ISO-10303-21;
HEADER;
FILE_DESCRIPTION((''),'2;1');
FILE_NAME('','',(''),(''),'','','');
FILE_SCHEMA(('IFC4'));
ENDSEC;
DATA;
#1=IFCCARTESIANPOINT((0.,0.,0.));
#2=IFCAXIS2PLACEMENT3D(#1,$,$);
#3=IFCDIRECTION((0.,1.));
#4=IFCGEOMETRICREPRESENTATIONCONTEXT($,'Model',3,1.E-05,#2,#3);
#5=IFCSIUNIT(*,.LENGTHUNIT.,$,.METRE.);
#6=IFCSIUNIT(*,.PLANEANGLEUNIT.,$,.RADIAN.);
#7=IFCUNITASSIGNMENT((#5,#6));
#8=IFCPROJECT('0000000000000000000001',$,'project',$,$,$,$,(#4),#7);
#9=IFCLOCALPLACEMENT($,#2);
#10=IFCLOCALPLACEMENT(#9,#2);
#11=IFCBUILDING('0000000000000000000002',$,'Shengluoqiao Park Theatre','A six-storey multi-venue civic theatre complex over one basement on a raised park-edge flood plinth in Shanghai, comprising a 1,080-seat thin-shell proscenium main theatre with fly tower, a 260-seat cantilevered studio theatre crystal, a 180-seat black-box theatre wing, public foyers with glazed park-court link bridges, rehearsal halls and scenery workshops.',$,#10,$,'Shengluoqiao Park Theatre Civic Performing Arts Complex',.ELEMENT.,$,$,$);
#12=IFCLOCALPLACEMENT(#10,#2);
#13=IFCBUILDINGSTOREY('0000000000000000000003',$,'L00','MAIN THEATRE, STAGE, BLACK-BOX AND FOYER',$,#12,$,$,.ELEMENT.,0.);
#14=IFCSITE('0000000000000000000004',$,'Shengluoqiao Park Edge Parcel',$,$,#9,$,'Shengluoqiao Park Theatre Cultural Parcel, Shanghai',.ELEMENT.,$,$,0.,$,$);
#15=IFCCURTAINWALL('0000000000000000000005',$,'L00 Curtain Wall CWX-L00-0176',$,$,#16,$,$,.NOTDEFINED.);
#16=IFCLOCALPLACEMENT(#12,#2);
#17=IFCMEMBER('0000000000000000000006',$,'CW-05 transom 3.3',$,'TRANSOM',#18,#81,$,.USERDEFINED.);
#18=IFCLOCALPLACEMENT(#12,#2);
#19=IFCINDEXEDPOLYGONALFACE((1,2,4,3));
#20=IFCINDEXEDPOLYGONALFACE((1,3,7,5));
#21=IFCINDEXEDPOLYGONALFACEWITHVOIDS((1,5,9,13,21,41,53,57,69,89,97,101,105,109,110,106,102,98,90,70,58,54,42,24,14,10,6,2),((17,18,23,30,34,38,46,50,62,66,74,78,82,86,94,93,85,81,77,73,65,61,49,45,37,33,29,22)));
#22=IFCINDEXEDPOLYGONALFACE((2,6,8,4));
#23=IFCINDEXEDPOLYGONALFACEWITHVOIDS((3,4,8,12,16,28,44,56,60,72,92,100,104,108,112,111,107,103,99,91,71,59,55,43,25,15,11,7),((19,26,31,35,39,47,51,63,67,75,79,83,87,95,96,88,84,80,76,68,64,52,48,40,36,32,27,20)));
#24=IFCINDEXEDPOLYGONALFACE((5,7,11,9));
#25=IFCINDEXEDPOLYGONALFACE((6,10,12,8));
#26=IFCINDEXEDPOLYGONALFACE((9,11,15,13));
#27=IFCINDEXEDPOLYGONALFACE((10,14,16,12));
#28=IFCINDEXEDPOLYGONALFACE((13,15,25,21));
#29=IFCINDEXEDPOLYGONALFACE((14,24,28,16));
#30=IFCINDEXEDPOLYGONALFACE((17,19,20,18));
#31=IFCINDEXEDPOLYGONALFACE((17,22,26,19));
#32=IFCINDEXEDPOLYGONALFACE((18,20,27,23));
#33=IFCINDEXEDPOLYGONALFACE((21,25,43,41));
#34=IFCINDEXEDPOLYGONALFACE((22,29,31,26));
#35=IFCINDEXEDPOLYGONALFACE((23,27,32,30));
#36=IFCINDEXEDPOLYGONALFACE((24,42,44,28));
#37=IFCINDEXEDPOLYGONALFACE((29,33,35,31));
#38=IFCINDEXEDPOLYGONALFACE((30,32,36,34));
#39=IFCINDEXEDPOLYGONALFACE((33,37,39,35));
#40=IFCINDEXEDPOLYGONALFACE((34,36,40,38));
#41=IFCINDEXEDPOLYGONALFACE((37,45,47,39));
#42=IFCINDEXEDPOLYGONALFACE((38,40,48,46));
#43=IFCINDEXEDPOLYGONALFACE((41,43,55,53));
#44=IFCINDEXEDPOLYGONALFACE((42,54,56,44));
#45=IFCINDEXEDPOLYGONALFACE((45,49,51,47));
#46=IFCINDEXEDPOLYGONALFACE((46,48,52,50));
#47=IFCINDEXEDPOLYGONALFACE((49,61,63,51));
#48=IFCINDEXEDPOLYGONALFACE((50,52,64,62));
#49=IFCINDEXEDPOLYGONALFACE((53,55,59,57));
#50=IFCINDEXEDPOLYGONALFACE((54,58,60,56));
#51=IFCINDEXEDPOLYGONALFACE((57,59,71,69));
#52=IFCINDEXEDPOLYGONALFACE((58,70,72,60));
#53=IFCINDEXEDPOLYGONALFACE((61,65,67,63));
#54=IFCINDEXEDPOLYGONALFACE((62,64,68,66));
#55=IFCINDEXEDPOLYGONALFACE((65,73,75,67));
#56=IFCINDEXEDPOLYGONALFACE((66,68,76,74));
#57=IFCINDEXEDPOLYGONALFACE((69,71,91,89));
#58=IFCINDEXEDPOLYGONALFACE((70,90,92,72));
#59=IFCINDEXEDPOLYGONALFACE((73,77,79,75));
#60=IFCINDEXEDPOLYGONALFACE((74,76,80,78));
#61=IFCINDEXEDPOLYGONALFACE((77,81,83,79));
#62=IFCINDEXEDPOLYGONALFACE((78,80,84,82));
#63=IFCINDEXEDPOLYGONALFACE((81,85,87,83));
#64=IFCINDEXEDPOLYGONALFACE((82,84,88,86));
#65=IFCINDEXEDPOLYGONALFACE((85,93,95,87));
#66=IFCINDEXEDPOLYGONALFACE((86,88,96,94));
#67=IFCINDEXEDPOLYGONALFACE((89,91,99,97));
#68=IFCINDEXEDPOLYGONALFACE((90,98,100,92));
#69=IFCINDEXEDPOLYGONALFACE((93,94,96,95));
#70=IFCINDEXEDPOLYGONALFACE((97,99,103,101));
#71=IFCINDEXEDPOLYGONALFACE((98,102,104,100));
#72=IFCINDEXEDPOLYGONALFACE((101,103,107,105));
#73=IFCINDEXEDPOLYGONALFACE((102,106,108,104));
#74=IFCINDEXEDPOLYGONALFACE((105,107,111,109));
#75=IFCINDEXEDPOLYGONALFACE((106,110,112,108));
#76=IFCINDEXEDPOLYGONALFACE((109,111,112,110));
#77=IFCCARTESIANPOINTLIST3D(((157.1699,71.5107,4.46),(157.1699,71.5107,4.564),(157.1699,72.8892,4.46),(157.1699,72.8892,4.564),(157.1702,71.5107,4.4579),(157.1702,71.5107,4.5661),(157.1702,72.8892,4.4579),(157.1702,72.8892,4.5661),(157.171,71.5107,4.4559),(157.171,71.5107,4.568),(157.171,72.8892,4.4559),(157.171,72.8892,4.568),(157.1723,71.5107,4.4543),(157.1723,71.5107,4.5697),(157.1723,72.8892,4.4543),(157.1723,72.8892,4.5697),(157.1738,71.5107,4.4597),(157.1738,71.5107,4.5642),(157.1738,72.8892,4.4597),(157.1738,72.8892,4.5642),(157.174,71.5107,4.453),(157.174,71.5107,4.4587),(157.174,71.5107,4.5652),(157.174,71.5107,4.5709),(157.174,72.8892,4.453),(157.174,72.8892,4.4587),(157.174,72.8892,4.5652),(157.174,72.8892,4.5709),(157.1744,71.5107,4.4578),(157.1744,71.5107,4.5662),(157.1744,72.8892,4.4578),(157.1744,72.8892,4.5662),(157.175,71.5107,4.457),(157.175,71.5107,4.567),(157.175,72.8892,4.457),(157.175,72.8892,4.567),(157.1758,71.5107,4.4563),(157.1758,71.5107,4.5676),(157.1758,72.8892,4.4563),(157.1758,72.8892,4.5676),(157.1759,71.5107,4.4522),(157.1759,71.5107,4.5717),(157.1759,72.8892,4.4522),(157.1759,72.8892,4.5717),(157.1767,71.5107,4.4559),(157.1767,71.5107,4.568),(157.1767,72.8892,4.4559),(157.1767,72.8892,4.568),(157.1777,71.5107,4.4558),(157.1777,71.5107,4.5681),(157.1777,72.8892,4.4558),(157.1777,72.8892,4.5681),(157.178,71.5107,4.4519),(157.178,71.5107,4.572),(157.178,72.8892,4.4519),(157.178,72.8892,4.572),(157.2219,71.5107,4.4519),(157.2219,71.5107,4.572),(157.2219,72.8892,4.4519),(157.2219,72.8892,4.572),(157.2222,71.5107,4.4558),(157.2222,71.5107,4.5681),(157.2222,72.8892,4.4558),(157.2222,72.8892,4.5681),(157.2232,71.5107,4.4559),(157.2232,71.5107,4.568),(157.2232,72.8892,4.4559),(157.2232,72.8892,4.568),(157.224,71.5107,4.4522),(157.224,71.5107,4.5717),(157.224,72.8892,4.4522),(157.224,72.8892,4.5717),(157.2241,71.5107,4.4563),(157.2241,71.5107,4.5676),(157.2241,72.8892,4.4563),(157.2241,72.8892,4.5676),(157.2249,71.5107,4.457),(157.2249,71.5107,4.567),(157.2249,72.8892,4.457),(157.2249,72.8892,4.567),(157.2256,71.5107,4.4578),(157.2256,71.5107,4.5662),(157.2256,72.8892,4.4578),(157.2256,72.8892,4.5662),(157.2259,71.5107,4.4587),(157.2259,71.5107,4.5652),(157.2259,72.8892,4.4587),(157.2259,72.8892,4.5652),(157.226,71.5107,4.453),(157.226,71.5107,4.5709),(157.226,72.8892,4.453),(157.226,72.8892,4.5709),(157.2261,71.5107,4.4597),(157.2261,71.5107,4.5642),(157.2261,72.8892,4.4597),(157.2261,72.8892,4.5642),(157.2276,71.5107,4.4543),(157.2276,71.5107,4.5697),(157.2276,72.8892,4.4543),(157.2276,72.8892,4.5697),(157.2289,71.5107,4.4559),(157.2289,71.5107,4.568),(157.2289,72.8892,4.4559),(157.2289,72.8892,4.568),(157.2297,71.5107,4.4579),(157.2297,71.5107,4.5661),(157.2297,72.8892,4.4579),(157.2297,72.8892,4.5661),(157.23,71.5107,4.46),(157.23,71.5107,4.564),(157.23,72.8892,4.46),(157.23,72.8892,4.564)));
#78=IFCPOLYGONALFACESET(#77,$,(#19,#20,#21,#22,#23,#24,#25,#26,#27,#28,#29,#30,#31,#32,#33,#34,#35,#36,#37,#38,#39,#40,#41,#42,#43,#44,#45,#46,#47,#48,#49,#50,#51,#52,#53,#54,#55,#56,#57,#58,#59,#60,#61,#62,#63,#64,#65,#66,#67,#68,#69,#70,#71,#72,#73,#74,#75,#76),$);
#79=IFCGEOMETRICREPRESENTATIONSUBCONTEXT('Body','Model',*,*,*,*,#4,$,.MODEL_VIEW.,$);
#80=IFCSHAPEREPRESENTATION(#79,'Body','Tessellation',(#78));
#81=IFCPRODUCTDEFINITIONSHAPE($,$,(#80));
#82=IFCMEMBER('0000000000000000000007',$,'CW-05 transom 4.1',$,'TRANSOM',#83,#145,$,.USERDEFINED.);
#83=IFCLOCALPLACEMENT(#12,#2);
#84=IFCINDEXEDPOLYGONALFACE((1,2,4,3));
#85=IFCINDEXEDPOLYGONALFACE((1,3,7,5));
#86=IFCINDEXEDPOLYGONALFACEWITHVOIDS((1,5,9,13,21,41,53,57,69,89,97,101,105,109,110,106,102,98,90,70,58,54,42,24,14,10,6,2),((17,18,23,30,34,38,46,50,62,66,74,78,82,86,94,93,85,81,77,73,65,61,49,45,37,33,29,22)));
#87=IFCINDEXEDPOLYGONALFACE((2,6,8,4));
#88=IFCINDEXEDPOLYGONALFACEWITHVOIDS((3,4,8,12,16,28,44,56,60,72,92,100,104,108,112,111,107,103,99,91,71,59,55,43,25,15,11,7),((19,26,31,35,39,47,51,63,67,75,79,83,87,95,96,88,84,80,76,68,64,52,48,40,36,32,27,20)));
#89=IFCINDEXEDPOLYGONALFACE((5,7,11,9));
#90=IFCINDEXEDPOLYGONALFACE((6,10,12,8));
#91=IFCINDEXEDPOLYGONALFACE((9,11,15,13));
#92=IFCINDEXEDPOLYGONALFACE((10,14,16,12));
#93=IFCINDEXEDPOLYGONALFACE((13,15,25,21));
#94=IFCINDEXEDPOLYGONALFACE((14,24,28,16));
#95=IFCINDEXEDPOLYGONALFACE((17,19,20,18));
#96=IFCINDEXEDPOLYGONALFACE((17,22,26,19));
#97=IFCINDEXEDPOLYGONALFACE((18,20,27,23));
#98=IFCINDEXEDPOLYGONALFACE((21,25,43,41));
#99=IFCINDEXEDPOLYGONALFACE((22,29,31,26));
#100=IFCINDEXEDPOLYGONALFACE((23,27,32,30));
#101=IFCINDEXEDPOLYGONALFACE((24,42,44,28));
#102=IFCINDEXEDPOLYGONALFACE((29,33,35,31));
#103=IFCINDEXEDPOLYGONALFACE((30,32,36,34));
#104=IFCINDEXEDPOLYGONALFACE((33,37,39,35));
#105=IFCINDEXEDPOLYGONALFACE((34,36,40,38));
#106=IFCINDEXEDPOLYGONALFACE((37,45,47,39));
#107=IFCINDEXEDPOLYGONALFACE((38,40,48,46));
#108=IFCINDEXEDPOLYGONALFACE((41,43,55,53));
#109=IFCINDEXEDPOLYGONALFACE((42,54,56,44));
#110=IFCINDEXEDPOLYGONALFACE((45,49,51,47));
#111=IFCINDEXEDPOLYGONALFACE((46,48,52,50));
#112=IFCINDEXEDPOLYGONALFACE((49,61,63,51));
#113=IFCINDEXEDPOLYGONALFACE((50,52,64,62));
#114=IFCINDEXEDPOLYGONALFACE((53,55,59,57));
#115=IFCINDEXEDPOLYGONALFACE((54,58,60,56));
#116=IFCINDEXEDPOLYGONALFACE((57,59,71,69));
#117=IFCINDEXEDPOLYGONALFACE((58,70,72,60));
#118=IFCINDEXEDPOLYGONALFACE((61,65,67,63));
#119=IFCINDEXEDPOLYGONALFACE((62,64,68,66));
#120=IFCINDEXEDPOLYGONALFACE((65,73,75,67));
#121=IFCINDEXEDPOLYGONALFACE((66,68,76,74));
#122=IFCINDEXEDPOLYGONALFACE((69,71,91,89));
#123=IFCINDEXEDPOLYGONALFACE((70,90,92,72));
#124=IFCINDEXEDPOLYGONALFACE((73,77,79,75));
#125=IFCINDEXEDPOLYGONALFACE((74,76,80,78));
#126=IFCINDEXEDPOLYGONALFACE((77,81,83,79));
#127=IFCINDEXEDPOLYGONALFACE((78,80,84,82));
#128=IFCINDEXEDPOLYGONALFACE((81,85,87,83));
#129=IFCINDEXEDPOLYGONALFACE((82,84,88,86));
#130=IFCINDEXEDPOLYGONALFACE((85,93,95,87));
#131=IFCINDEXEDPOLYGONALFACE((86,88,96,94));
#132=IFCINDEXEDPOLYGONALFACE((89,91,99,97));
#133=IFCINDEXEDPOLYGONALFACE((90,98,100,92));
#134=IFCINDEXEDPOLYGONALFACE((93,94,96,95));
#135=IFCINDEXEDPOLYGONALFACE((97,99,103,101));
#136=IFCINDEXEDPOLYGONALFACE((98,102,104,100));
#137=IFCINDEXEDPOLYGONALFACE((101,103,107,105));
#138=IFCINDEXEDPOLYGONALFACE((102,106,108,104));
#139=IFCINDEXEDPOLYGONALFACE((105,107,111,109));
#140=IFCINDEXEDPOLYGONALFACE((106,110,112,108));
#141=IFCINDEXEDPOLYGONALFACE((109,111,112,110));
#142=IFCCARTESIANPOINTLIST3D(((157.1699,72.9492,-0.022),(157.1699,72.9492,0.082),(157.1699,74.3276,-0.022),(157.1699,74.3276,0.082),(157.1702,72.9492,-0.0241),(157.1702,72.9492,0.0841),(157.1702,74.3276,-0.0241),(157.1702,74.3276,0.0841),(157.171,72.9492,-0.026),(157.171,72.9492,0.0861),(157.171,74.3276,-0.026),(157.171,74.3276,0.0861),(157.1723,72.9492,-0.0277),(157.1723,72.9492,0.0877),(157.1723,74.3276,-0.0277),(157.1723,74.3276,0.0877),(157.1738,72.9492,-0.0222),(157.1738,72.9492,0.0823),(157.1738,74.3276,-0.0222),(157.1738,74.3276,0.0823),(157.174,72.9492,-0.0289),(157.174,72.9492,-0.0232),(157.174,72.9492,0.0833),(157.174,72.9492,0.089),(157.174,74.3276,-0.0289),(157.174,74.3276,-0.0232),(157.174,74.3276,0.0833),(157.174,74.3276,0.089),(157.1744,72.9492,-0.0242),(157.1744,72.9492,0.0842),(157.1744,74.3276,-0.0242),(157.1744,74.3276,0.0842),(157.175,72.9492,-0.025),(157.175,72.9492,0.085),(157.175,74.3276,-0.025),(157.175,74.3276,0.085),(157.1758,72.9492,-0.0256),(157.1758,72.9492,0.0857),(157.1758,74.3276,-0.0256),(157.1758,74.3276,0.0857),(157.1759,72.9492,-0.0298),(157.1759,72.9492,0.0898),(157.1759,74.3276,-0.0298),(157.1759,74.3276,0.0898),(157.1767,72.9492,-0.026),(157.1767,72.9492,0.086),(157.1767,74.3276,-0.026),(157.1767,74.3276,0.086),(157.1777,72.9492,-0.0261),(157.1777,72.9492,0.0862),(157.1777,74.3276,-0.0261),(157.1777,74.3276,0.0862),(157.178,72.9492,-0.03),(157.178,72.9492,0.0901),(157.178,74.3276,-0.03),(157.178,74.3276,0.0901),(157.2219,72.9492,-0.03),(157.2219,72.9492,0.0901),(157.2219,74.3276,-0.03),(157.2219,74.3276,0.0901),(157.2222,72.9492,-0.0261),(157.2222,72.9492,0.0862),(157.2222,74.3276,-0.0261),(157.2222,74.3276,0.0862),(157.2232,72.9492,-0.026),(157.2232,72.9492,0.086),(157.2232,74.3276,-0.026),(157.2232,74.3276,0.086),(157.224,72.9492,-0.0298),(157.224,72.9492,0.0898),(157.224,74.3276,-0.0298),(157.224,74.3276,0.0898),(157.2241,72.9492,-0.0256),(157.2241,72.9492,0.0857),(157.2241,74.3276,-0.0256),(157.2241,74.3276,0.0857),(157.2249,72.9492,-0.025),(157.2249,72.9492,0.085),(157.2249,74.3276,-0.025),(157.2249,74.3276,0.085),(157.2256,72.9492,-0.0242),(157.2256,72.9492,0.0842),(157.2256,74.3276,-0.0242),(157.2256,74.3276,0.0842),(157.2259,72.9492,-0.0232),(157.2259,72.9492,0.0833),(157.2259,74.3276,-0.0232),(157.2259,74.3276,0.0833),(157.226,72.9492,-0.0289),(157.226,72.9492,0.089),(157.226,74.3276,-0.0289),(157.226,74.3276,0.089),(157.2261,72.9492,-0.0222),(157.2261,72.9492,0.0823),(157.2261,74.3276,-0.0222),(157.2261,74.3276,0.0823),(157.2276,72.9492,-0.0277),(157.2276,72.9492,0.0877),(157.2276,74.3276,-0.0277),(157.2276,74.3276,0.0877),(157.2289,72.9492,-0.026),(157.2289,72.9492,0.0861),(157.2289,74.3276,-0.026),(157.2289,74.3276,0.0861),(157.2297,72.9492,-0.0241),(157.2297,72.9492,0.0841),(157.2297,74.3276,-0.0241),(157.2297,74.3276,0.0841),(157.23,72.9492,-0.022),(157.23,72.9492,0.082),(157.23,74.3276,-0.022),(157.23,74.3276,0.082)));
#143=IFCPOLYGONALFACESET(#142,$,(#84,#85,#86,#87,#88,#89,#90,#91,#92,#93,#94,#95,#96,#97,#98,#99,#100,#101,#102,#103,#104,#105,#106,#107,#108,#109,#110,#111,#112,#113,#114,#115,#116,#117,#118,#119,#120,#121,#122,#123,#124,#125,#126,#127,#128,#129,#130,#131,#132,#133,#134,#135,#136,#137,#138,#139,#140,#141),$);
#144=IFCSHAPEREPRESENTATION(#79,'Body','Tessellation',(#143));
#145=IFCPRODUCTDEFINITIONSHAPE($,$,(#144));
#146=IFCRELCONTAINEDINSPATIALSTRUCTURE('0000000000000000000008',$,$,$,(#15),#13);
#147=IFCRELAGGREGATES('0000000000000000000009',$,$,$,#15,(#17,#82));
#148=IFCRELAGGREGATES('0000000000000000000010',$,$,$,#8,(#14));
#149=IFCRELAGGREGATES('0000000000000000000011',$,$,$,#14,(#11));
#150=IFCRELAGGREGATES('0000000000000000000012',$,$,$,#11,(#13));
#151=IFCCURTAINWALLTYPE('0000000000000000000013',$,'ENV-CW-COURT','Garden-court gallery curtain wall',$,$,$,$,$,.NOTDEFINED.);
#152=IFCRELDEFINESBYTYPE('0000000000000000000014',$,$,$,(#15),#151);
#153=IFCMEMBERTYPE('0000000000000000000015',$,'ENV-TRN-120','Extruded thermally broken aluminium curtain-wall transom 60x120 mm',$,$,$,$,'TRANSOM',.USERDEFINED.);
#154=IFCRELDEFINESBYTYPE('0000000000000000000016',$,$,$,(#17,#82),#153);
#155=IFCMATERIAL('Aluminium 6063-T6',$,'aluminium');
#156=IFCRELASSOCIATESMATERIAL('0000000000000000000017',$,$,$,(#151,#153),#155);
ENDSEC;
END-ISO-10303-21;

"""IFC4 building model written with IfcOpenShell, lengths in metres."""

from ifc_helpers import new_model, si_unit, direction, frame, origin, origin_2d, place, context, subcontext, project, spatial, hollow_rectangle, extrude, material, material_profile, profile_set, type_object, element, aggregate, save


model = new_model("IFC4")

# Units and contexts
model_context = context("Model", 3, precision=1e-05, world=origin(), true_north=direction((0.0, 1.0)))
body_context = subcontext(model_context, "Body", "Model", "MODEL_VIEW")
ifc_project = project(units=[si_unit("LENGTHUNIT", "METRE"), si_unit("PLANEANGLEUNIT", "RADIAN")], contexts=[model_context])

# Site, building, storey
site_placement = place(None, origin())
site = spatial("IfcSite", under=ifc_project, at=site_placement, Name="Shengluoqiao Park Edge Parcel", LongName="Shengluoqiao Park Theatre Cultural Parcel, Shanghai", CompositionType="ELEMENT", RefElevation=0.0)
building_placement = place(site_placement, origin())
building = spatial("IfcBuilding", under=site, at=building_placement, Name="Shengluoqiao Park Theatre", Description="A six-storey multi-venue civic theatre complex over one basement on a raised park-edge flood plinth in Shanghai, comprising a 1,080-seat thin-shell proscenium main theatre with fly tower, a 260-seat cantilevered studio theatre crystal, a 180-seat black-box theatre wing, public foyers with glazed park-court link bridges, rehearsal halls and scenery workshops.", LongName="Shengluoqiao Park Theatre Civic Performing Arts Complex", CompositionType="ELEMENT")
storey_placement = place(building_placement, origin())
storey = spatial("IfcBuildingStorey", under=building, at=storey_placement, Name="L00", Description="MAIN THEATRE, STAGE, BLACK-BOX AND FOYER", CompositionType="ELEMENT", Elevation=0.0)

# Curtain wall, members
ifc_material_1 = material(Name="Aluminium 6063-T6", Category="aluminium")
curtain_wall_type = type_object("IfcCurtainWallType", Name="ENV-CW-COURT", Description="Garden-court gallery curtain wall", PredefinedType="NOTDEFINED", material=ifc_material_1)
curtain_wall_placement = place(storey_placement, origin())
curtain_wall = element("IfcCurtainWall", 1, at=curtain_wall_placement, inside=storey, type_object=curtain_wall_type, Name="L00 Curtain Wall CWX-L00-0176", PredefinedType="NOTDEFINED")
ifc_material_profile_1 = material_profile(ifc_material_1, hollow_rectangle(XDim=0.0601, YDim=0.1201, WallThickness=0.0039, InnerFilletRadius=0.0039, OuterFilletRadius=0.0081, at=origin_2d()), Name="ALU TRANSOM 120x60x4")
ifc_profile_set_1 = profile_set([ifc_material_profile_1], Name="Aluminium 6063-T6")
member_type_1 = type_object("IfcMemberType", Name="ENV-TRN-120", Description="Extruded thermally broken aluminium curtain-wall transom 60x120 mm", ElementType="TRANSOM", PredefinedType="USERDEFINED", material=ifc_profile_set_1)
member_1_placement = place(storey_placement, frame((157.2, 71.5107, 4.512), z_axis=(0.0, 1.0, 0.0), x_axis=(-1.0, 0.0, 0.0)))
member_1 = element("IfcMember", 2, at=member_1_placement, type_object=member_type_1, Name="CW-05 transom 3.3", ObjectType="TRANSOM", PredefinedType="USERDEFINED", context=body_context, shape_type="SweptSolid", body=[
    extrude(hollow_rectangle(XDim=0.0601, YDim=0.1201, WallThickness=0.0039, InnerFilletRadius=0.0039, OuterFilletRadius=0.0081, at=origin_2d()), origin(), (0.0, 0.0, 1.0), 1.3784),
])
member_2_placement = place(storey_placement, frame((157.2, 72.9492, 0.03), z_axis=(0.0, 1.0, 0.0), x_axis=(-1.0, 0.0, 0.0)))
member_2 = element("IfcMember", 3, at=member_2_placement, type_object=member_type_1, Name="CW-05 transom 4.1", ObjectType="TRANSOM", PredefinedType="USERDEFINED", context=body_context, shape_type="SweptSolid", body=[
    extrude(hollow_rectangle(XDim=0.0601, YDim=0.1201, WallThickness=0.0039, InnerFilletRadius=0.0039, OuterFilletRadius=0.0081, at=origin_2d()), origin(), (0.0, 0.0, 1.0), 1.3784),
])
aggregate(curtain_wall, [member_1, member_2])

save(model, "model.ifc")
